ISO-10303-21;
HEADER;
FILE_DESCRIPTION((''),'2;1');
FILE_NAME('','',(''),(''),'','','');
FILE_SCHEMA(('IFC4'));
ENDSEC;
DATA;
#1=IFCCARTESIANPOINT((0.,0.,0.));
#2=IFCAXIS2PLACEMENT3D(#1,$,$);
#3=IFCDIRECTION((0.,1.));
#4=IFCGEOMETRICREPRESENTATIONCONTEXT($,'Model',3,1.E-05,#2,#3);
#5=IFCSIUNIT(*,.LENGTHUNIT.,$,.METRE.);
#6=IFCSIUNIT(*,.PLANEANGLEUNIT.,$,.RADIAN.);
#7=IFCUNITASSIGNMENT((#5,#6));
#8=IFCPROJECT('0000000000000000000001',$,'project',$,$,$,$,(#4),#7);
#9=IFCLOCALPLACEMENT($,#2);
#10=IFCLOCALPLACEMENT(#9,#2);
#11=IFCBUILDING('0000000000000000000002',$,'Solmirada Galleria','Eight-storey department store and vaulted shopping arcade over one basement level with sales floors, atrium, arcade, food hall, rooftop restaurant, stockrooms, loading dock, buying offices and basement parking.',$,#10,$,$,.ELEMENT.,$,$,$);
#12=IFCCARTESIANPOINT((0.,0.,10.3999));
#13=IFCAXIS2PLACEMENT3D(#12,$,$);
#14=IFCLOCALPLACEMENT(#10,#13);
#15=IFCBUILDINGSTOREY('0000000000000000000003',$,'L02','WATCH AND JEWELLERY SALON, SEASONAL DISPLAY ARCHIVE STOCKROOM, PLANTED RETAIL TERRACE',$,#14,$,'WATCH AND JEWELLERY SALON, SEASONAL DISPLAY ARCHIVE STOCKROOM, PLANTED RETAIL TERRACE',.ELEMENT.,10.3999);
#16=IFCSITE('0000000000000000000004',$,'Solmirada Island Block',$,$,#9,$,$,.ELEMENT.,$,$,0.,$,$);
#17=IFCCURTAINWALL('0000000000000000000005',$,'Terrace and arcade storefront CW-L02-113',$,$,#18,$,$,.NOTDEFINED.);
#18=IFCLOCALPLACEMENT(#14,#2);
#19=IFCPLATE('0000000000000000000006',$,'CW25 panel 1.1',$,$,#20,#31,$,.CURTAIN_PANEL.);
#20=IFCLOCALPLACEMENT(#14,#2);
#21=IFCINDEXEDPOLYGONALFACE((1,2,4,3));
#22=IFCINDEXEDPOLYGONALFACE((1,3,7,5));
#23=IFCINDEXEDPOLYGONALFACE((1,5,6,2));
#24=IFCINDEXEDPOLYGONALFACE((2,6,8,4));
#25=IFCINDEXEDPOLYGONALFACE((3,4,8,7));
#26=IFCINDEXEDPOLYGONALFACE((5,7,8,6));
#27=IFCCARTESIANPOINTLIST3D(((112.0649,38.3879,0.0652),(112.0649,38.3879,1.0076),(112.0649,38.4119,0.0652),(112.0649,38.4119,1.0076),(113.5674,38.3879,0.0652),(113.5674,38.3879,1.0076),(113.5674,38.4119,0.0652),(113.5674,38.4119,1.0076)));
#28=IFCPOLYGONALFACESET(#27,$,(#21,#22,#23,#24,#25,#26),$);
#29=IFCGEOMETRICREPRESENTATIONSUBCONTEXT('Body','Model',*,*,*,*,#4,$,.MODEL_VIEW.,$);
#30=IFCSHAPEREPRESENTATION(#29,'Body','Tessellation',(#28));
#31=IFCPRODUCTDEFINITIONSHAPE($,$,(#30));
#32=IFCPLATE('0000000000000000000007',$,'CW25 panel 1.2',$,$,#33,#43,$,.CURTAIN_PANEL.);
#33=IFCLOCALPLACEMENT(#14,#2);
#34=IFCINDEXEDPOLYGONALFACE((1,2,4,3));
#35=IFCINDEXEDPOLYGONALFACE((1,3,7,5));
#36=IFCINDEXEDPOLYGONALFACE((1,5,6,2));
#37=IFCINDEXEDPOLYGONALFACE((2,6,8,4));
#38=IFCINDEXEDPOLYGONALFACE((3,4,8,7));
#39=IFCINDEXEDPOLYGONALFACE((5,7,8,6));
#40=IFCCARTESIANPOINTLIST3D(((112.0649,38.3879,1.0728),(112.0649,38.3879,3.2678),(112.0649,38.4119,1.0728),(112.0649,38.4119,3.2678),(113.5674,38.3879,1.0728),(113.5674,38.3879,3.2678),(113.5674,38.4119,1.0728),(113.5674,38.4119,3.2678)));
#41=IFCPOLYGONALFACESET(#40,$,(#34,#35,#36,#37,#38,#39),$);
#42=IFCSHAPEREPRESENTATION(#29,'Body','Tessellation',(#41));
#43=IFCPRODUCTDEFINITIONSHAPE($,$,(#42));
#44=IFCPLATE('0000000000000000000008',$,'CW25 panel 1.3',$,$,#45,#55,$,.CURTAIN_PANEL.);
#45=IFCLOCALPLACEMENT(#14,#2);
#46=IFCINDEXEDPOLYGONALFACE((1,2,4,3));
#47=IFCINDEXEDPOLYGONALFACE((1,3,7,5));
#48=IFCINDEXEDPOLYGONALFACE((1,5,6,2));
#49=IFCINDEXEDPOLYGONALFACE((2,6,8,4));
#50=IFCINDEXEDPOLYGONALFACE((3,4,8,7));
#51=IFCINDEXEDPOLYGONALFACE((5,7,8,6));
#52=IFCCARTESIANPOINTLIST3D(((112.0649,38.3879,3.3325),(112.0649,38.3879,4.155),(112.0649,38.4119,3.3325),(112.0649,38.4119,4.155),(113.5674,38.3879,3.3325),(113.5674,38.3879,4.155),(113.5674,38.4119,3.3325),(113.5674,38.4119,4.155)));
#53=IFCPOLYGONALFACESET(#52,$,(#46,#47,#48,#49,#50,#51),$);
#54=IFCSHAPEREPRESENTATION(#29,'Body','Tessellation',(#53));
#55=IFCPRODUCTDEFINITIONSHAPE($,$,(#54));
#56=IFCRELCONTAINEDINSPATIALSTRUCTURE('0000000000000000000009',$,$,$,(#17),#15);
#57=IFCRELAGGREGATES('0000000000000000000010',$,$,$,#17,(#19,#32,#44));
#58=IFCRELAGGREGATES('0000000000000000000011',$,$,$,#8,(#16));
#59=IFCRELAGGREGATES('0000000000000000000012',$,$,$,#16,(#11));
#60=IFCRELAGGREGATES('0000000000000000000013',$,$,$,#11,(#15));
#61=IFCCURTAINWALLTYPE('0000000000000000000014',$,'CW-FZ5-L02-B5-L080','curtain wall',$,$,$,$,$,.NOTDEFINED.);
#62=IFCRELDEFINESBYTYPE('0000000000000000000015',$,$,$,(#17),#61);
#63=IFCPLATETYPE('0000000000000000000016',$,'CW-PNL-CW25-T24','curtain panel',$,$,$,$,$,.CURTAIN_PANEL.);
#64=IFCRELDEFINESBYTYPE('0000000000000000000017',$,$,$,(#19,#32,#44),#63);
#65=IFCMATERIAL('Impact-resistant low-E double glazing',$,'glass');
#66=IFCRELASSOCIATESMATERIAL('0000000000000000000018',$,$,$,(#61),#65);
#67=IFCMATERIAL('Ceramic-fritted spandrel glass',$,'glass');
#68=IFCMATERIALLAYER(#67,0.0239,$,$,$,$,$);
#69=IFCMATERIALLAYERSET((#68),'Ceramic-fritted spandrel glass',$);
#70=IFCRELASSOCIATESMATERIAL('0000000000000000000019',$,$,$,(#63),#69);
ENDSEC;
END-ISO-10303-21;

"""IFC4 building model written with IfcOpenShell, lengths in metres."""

from ifc_helpers import new_model, si_unit, direction, frame, origin, origin_2d, place, context, subcontext, project, spatial, rectangle, extrude, material, layer, layer_set, type_object, element, aggregate, save


model = new_model("IFC4")

# Units and contexts
model_context = context("Model", 3, precision=1e-05, world=origin(), true_north=direction((0.0, 1.0)))
body_context = subcontext(model_context, "Body", "Model", "MODEL_VIEW")
ifc_project = project(units=[si_unit("LENGTHUNIT", "METRE"), si_unit("PLANEANGLEUNIT", "RADIAN")], contexts=[model_context])

# Site, building, storey
site_placement = place(None, origin())
site = spatial("IfcSite", under=ifc_project, at=site_placement, Name="Solmirada Island Block", CompositionType="ELEMENT", RefElevation=0.0)
building_placement = place(site_placement, origin())
building = spatial("IfcBuilding", under=site, at=building_placement, Name="Solmirada Galleria", Description="Eight-storey department store and vaulted shopping arcade over one basement level with sales floors, atrium, arcade, food hall, rooftop restaurant, stockrooms, loading dock, buying offices and basement parking.", CompositionType="ELEMENT")
storey_placement = place(building_placement, frame((0.0, 0.0, 10.3999)))
storey = spatial("IfcBuildingStorey", under=building, at=storey_placement, Name="L02", Description="WATCH AND JEWELLERY SALON, SEASONAL DISPLAY ARCHIVE STOCKROOM, PLANTED RETAIL TERRACE", LongName="WATCH AND JEWELLERY SALON, SEASONAL DISPLAY ARCHIVE STOCKROOM, PLANTED RETAIL TERRACE", CompositionType="ELEMENT", Elevation=10.3999)

# Shared definitions
ifc_material_1 = material(Name="Impact-resistant low-E double glazing", Category="glass")
curtain_wall_type = type_object("IfcCurtainWallType", Name="CW-FZ5-L02-B5-L080", Description="curtain wall", PredefinedType="NOTDEFINED", material=ifc_material_1)

# Curtain wall
curtain_wall_1_placement = place(storey_placement, origin())
curtain_wall_1 = element("IfcCurtainWall", 1, at=curtain_wall_1_placement, inside=storey, type_object=curtain_wall_type, Name="Terrace and arcade storefront CW-L02-113", PredefinedType="NOTDEFINED")

# Plates
ifc_material_2 = material(Name="Ceramic-fritted spandrel glass", Category="glass")
ifc_layer = layer(ifc_material_2, 0.0239)
ifc_layer_set = layer_set([ifc_layer], Name="Ceramic-fritted spandrel glass")
plate_type = type_object("IfcPlateType", Name="CW-PNL-CW25-T24", Description="curtain panel", PredefinedType="CURTAIN_PANEL", material=ifc_layer_set)
plate_1_placement = place(storey_placement, frame((112.8162, 38.3999, 0.0652), z_axis=(0.0, 0.0, 1.0), x_axis=(1.0, 0.0, 0.0)))
plate_1 = element("IfcPlate", 2, at=plate_1_placement, type_object=plate_type, Name="CW25 panel 1.1", PredefinedType="CURTAIN_PANEL", context=body_context, shape_type="SweptSolid", body=[
    extrude(rectangle(XDim=1.5024, YDim=0.0239, at=origin_2d()), origin(), (0.0, 0.0, 1.0), 0.9424),
])
plate_2_placement = place(storey_placement, frame((112.8162, 38.3999, 1.0728), z_axis=(0.0, 0.0, 1.0), x_axis=(1.0, 0.0, 0.0)))
plate_2 = element("IfcPlate", 3, at=plate_2_placement, type_object=plate_type, Name="CW25 panel 1.2", PredefinedType="CURTAIN_PANEL", context=body_context, shape_type="SweptSolid", body=[
    extrude(rectangle(XDim=1.5024, YDim=0.0239, at=origin_2d()), origin(), (0.0, 0.0, 1.0), 2.1951),
])
plate_3_placement = place(storey_placement, frame((112.8162, 38.3999, 3.3325), z_axis=(0.0, 0.0, 1.0), x_axis=(1.0, 0.0, 0.0)))
plate_3 = element("IfcPlate", 4, at=plate_3_placement, type_object=plate_type, Name="CW25 panel 1.3", PredefinedType="CURTAIN_PANEL", context=body_context, shape_type="SweptSolid", body=[
    extrude(rectangle(XDim=1.5024, YDim=0.0239, at=origin_2d()), origin(), (0.0, 0.0, 1.0), 0.8225),
])
aggregate(curtain_wall_1, [plate_1, plate_2, plate_3])

save(model, "model.ifc")
